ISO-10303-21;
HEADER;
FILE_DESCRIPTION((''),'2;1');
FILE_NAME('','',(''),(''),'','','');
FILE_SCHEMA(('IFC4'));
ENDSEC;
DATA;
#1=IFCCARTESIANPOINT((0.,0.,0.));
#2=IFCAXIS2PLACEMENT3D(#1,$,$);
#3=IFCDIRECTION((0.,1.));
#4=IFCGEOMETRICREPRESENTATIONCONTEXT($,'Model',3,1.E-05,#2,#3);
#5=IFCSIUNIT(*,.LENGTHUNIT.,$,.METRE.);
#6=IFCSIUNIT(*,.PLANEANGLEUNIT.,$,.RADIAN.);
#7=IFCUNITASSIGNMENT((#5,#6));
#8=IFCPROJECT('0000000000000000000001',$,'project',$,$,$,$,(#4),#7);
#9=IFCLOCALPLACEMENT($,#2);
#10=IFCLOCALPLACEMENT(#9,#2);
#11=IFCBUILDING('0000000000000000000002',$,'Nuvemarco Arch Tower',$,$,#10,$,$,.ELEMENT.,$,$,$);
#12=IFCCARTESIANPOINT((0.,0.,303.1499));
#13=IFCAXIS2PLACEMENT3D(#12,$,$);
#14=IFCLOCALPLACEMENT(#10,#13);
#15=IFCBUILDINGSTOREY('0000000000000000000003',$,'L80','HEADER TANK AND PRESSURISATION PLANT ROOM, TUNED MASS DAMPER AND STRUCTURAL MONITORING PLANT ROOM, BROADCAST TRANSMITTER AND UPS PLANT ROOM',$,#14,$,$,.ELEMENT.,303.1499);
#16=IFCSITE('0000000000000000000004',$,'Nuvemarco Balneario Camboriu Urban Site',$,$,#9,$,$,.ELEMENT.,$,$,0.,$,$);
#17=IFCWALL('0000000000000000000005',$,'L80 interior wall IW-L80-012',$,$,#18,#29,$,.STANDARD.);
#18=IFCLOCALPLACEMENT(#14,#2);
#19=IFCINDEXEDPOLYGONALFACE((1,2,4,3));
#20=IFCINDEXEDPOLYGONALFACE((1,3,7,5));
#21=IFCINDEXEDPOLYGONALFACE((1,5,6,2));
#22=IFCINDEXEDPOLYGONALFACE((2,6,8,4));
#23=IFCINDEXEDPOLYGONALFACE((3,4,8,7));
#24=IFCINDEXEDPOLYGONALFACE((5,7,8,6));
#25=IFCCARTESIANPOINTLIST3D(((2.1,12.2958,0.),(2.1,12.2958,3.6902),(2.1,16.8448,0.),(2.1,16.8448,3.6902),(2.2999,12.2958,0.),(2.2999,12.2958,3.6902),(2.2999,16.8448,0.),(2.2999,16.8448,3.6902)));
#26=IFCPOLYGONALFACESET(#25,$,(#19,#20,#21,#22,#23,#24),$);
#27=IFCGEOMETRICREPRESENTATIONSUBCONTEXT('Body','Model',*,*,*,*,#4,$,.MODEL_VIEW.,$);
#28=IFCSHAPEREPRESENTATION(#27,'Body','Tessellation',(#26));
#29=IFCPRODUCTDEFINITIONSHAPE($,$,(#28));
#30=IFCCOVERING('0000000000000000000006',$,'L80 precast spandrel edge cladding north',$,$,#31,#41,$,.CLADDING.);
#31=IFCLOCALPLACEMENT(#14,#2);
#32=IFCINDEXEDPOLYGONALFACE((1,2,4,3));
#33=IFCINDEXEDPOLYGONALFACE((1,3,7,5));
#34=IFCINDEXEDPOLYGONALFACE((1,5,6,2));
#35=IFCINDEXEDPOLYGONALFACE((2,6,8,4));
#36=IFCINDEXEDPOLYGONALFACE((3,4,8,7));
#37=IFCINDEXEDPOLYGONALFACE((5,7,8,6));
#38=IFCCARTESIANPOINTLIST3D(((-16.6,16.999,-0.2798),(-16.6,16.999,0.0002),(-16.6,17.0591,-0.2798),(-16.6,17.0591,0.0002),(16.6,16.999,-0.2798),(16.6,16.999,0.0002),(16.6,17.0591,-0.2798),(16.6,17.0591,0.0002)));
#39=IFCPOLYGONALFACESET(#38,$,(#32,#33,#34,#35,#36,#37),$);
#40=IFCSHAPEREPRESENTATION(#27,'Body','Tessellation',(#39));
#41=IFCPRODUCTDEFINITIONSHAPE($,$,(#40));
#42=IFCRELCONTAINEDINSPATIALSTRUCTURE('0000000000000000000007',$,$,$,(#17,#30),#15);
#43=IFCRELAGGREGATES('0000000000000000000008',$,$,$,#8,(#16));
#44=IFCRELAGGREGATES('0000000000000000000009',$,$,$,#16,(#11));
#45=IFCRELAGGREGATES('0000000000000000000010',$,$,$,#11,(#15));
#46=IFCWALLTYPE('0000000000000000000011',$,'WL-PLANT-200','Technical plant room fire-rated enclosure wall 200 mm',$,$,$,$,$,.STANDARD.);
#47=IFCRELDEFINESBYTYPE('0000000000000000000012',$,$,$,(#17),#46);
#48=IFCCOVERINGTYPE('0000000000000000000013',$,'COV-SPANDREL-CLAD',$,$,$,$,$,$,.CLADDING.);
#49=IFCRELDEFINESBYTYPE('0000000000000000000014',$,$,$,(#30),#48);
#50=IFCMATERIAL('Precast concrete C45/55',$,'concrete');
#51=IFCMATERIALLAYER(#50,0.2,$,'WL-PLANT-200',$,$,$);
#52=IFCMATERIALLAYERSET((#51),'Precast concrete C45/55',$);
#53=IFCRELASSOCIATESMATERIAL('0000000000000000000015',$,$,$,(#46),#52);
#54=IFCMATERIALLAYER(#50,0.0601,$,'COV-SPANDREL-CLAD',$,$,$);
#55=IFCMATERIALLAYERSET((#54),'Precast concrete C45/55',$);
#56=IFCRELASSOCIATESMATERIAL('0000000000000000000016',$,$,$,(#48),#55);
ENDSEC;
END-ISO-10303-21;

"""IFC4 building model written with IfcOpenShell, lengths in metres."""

from ifc_helpers import new_model, si_unit, direction, frame, frame_2d, origin, origin_2d, place, context, subcontext, project, spatial, rectangle, extrude, source, transform, mapped, material, layer, layer_set, type_object, type_shapes, element, save


model = new_model("IFC4")

# Units and contexts
model_context = context("Model", 3, precision=1e-05, world=origin(), true_north=direction((0.0, 1.0)))
body_context = subcontext(model_context, "Body", "Model", "MODEL_VIEW")
ifc_project = project(units=[si_unit("LENGTHUNIT", "METRE"), si_unit("PLANEANGLEUNIT", "RADIAN")], contexts=[model_context])

# Site, building, storey
site_placement = place(None, origin())
site = spatial("IfcSite", under=ifc_project, at=site_placement, Name="Nuvemarco Balneario Camboriu Urban Site", CompositionType="ELEMENT", RefElevation=0.0)
building_placement = place(site_placement, origin())
building = spatial("IfcBuilding", under=site, at=building_placement, Name="Nuvemarco Arch Tower", CompositionType="ELEMENT")
storey_placement = place(building_placement, frame((0.0, 0.0, 303.1499)))
storey = spatial("IfcBuildingStorey", under=building, at=storey_placement, Name="L80", Description="HEADER TANK AND PRESSURISATION PLANT ROOM, TUNED MASS DAMPER AND STRUCTURAL MONITORING PLANT ROOM, BROADCAST TRANSMITTER AND UPS PLANT ROOM", CompositionType="ELEMENT", Elevation=303.1499)

# Shared definitions
ifc_material_1 = material(Name="Precast concrete C45/55", Category="concrete")

# Wall
ifc_layer_1 = layer(ifc_material_1, 0.2, Name="WL-PLANT-200")
ifc_layer_set_1 = layer_set([ifc_layer_1], Name="Precast concrete C45/55")
wall_type_1 = type_object("IfcWallType", Name="WL-PLANT-200", Description="Technical plant room fire-rated enclosure wall 200 mm", PredefinedType="STANDARD", material=ifc_layer_set_1)
wall_1_placement = place(storey_placement, frame((2.2, 12.2959, 0.0), z_axis=(0.0, 0.0, 1.0), x_axis=(0.0, 1.0, 0.0)))
element("IfcWall", 1, at=wall_1_placement, inside=storey, type_object=wall_type_1, Name="L80 interior wall IW-L80-012", PredefinedType="STANDARD", context=body_context, shape_type="SweptSolid", body=[
    extrude(rectangle(XDim=4.5491, YDim=0.2, at=frame_2d((2.2744, 0.0))), origin(), (0.0, 0.0, 1.0), 3.6902),
])

# Covering
ifc_layer_2 = layer(ifc_material_1, 0.0601, Name="COV-SPANDREL-CLAD")
ifc_layer_set_2 = layer_set([ifc_layer_2], Name="Precast concrete C45/55")
covering_type = type_object("IfcCoveringType", Name="COV-SPANDREL-CLAD", PredefinedType="CLADDING", material=ifc_layer_set_2)
shared_shape_1 = source(origin(), body_context, "Body", "SweptSolid", [
    extrude(rectangle(XDim=33.2, YDim=0.0601, at=origin_2d()), origin(), (0.0, 0.0, 1.0), 0.28),
])
type_shapes(covering_type, [shared_shape_1])
covering_placement = place(storey_placement, frame((0.0, 17.0291, -0.2798), z_axis=(0.0, 0.0, 1.0), x_axis=(1.0, 0.0, 0.0)))
element("IfcCovering", 2, at=covering_placement, inside=storey, type_object=covering_type, Name="L80 precast spandrel edge cladding north", PredefinedType="CLADDING", context=body_context, shape_type="MappedRepresentation", body=[
    mapped(shared_shape_1, transform((0.0, 0.0, 0.0), scale=1.0)),
])

save(model, "model.ifc")
